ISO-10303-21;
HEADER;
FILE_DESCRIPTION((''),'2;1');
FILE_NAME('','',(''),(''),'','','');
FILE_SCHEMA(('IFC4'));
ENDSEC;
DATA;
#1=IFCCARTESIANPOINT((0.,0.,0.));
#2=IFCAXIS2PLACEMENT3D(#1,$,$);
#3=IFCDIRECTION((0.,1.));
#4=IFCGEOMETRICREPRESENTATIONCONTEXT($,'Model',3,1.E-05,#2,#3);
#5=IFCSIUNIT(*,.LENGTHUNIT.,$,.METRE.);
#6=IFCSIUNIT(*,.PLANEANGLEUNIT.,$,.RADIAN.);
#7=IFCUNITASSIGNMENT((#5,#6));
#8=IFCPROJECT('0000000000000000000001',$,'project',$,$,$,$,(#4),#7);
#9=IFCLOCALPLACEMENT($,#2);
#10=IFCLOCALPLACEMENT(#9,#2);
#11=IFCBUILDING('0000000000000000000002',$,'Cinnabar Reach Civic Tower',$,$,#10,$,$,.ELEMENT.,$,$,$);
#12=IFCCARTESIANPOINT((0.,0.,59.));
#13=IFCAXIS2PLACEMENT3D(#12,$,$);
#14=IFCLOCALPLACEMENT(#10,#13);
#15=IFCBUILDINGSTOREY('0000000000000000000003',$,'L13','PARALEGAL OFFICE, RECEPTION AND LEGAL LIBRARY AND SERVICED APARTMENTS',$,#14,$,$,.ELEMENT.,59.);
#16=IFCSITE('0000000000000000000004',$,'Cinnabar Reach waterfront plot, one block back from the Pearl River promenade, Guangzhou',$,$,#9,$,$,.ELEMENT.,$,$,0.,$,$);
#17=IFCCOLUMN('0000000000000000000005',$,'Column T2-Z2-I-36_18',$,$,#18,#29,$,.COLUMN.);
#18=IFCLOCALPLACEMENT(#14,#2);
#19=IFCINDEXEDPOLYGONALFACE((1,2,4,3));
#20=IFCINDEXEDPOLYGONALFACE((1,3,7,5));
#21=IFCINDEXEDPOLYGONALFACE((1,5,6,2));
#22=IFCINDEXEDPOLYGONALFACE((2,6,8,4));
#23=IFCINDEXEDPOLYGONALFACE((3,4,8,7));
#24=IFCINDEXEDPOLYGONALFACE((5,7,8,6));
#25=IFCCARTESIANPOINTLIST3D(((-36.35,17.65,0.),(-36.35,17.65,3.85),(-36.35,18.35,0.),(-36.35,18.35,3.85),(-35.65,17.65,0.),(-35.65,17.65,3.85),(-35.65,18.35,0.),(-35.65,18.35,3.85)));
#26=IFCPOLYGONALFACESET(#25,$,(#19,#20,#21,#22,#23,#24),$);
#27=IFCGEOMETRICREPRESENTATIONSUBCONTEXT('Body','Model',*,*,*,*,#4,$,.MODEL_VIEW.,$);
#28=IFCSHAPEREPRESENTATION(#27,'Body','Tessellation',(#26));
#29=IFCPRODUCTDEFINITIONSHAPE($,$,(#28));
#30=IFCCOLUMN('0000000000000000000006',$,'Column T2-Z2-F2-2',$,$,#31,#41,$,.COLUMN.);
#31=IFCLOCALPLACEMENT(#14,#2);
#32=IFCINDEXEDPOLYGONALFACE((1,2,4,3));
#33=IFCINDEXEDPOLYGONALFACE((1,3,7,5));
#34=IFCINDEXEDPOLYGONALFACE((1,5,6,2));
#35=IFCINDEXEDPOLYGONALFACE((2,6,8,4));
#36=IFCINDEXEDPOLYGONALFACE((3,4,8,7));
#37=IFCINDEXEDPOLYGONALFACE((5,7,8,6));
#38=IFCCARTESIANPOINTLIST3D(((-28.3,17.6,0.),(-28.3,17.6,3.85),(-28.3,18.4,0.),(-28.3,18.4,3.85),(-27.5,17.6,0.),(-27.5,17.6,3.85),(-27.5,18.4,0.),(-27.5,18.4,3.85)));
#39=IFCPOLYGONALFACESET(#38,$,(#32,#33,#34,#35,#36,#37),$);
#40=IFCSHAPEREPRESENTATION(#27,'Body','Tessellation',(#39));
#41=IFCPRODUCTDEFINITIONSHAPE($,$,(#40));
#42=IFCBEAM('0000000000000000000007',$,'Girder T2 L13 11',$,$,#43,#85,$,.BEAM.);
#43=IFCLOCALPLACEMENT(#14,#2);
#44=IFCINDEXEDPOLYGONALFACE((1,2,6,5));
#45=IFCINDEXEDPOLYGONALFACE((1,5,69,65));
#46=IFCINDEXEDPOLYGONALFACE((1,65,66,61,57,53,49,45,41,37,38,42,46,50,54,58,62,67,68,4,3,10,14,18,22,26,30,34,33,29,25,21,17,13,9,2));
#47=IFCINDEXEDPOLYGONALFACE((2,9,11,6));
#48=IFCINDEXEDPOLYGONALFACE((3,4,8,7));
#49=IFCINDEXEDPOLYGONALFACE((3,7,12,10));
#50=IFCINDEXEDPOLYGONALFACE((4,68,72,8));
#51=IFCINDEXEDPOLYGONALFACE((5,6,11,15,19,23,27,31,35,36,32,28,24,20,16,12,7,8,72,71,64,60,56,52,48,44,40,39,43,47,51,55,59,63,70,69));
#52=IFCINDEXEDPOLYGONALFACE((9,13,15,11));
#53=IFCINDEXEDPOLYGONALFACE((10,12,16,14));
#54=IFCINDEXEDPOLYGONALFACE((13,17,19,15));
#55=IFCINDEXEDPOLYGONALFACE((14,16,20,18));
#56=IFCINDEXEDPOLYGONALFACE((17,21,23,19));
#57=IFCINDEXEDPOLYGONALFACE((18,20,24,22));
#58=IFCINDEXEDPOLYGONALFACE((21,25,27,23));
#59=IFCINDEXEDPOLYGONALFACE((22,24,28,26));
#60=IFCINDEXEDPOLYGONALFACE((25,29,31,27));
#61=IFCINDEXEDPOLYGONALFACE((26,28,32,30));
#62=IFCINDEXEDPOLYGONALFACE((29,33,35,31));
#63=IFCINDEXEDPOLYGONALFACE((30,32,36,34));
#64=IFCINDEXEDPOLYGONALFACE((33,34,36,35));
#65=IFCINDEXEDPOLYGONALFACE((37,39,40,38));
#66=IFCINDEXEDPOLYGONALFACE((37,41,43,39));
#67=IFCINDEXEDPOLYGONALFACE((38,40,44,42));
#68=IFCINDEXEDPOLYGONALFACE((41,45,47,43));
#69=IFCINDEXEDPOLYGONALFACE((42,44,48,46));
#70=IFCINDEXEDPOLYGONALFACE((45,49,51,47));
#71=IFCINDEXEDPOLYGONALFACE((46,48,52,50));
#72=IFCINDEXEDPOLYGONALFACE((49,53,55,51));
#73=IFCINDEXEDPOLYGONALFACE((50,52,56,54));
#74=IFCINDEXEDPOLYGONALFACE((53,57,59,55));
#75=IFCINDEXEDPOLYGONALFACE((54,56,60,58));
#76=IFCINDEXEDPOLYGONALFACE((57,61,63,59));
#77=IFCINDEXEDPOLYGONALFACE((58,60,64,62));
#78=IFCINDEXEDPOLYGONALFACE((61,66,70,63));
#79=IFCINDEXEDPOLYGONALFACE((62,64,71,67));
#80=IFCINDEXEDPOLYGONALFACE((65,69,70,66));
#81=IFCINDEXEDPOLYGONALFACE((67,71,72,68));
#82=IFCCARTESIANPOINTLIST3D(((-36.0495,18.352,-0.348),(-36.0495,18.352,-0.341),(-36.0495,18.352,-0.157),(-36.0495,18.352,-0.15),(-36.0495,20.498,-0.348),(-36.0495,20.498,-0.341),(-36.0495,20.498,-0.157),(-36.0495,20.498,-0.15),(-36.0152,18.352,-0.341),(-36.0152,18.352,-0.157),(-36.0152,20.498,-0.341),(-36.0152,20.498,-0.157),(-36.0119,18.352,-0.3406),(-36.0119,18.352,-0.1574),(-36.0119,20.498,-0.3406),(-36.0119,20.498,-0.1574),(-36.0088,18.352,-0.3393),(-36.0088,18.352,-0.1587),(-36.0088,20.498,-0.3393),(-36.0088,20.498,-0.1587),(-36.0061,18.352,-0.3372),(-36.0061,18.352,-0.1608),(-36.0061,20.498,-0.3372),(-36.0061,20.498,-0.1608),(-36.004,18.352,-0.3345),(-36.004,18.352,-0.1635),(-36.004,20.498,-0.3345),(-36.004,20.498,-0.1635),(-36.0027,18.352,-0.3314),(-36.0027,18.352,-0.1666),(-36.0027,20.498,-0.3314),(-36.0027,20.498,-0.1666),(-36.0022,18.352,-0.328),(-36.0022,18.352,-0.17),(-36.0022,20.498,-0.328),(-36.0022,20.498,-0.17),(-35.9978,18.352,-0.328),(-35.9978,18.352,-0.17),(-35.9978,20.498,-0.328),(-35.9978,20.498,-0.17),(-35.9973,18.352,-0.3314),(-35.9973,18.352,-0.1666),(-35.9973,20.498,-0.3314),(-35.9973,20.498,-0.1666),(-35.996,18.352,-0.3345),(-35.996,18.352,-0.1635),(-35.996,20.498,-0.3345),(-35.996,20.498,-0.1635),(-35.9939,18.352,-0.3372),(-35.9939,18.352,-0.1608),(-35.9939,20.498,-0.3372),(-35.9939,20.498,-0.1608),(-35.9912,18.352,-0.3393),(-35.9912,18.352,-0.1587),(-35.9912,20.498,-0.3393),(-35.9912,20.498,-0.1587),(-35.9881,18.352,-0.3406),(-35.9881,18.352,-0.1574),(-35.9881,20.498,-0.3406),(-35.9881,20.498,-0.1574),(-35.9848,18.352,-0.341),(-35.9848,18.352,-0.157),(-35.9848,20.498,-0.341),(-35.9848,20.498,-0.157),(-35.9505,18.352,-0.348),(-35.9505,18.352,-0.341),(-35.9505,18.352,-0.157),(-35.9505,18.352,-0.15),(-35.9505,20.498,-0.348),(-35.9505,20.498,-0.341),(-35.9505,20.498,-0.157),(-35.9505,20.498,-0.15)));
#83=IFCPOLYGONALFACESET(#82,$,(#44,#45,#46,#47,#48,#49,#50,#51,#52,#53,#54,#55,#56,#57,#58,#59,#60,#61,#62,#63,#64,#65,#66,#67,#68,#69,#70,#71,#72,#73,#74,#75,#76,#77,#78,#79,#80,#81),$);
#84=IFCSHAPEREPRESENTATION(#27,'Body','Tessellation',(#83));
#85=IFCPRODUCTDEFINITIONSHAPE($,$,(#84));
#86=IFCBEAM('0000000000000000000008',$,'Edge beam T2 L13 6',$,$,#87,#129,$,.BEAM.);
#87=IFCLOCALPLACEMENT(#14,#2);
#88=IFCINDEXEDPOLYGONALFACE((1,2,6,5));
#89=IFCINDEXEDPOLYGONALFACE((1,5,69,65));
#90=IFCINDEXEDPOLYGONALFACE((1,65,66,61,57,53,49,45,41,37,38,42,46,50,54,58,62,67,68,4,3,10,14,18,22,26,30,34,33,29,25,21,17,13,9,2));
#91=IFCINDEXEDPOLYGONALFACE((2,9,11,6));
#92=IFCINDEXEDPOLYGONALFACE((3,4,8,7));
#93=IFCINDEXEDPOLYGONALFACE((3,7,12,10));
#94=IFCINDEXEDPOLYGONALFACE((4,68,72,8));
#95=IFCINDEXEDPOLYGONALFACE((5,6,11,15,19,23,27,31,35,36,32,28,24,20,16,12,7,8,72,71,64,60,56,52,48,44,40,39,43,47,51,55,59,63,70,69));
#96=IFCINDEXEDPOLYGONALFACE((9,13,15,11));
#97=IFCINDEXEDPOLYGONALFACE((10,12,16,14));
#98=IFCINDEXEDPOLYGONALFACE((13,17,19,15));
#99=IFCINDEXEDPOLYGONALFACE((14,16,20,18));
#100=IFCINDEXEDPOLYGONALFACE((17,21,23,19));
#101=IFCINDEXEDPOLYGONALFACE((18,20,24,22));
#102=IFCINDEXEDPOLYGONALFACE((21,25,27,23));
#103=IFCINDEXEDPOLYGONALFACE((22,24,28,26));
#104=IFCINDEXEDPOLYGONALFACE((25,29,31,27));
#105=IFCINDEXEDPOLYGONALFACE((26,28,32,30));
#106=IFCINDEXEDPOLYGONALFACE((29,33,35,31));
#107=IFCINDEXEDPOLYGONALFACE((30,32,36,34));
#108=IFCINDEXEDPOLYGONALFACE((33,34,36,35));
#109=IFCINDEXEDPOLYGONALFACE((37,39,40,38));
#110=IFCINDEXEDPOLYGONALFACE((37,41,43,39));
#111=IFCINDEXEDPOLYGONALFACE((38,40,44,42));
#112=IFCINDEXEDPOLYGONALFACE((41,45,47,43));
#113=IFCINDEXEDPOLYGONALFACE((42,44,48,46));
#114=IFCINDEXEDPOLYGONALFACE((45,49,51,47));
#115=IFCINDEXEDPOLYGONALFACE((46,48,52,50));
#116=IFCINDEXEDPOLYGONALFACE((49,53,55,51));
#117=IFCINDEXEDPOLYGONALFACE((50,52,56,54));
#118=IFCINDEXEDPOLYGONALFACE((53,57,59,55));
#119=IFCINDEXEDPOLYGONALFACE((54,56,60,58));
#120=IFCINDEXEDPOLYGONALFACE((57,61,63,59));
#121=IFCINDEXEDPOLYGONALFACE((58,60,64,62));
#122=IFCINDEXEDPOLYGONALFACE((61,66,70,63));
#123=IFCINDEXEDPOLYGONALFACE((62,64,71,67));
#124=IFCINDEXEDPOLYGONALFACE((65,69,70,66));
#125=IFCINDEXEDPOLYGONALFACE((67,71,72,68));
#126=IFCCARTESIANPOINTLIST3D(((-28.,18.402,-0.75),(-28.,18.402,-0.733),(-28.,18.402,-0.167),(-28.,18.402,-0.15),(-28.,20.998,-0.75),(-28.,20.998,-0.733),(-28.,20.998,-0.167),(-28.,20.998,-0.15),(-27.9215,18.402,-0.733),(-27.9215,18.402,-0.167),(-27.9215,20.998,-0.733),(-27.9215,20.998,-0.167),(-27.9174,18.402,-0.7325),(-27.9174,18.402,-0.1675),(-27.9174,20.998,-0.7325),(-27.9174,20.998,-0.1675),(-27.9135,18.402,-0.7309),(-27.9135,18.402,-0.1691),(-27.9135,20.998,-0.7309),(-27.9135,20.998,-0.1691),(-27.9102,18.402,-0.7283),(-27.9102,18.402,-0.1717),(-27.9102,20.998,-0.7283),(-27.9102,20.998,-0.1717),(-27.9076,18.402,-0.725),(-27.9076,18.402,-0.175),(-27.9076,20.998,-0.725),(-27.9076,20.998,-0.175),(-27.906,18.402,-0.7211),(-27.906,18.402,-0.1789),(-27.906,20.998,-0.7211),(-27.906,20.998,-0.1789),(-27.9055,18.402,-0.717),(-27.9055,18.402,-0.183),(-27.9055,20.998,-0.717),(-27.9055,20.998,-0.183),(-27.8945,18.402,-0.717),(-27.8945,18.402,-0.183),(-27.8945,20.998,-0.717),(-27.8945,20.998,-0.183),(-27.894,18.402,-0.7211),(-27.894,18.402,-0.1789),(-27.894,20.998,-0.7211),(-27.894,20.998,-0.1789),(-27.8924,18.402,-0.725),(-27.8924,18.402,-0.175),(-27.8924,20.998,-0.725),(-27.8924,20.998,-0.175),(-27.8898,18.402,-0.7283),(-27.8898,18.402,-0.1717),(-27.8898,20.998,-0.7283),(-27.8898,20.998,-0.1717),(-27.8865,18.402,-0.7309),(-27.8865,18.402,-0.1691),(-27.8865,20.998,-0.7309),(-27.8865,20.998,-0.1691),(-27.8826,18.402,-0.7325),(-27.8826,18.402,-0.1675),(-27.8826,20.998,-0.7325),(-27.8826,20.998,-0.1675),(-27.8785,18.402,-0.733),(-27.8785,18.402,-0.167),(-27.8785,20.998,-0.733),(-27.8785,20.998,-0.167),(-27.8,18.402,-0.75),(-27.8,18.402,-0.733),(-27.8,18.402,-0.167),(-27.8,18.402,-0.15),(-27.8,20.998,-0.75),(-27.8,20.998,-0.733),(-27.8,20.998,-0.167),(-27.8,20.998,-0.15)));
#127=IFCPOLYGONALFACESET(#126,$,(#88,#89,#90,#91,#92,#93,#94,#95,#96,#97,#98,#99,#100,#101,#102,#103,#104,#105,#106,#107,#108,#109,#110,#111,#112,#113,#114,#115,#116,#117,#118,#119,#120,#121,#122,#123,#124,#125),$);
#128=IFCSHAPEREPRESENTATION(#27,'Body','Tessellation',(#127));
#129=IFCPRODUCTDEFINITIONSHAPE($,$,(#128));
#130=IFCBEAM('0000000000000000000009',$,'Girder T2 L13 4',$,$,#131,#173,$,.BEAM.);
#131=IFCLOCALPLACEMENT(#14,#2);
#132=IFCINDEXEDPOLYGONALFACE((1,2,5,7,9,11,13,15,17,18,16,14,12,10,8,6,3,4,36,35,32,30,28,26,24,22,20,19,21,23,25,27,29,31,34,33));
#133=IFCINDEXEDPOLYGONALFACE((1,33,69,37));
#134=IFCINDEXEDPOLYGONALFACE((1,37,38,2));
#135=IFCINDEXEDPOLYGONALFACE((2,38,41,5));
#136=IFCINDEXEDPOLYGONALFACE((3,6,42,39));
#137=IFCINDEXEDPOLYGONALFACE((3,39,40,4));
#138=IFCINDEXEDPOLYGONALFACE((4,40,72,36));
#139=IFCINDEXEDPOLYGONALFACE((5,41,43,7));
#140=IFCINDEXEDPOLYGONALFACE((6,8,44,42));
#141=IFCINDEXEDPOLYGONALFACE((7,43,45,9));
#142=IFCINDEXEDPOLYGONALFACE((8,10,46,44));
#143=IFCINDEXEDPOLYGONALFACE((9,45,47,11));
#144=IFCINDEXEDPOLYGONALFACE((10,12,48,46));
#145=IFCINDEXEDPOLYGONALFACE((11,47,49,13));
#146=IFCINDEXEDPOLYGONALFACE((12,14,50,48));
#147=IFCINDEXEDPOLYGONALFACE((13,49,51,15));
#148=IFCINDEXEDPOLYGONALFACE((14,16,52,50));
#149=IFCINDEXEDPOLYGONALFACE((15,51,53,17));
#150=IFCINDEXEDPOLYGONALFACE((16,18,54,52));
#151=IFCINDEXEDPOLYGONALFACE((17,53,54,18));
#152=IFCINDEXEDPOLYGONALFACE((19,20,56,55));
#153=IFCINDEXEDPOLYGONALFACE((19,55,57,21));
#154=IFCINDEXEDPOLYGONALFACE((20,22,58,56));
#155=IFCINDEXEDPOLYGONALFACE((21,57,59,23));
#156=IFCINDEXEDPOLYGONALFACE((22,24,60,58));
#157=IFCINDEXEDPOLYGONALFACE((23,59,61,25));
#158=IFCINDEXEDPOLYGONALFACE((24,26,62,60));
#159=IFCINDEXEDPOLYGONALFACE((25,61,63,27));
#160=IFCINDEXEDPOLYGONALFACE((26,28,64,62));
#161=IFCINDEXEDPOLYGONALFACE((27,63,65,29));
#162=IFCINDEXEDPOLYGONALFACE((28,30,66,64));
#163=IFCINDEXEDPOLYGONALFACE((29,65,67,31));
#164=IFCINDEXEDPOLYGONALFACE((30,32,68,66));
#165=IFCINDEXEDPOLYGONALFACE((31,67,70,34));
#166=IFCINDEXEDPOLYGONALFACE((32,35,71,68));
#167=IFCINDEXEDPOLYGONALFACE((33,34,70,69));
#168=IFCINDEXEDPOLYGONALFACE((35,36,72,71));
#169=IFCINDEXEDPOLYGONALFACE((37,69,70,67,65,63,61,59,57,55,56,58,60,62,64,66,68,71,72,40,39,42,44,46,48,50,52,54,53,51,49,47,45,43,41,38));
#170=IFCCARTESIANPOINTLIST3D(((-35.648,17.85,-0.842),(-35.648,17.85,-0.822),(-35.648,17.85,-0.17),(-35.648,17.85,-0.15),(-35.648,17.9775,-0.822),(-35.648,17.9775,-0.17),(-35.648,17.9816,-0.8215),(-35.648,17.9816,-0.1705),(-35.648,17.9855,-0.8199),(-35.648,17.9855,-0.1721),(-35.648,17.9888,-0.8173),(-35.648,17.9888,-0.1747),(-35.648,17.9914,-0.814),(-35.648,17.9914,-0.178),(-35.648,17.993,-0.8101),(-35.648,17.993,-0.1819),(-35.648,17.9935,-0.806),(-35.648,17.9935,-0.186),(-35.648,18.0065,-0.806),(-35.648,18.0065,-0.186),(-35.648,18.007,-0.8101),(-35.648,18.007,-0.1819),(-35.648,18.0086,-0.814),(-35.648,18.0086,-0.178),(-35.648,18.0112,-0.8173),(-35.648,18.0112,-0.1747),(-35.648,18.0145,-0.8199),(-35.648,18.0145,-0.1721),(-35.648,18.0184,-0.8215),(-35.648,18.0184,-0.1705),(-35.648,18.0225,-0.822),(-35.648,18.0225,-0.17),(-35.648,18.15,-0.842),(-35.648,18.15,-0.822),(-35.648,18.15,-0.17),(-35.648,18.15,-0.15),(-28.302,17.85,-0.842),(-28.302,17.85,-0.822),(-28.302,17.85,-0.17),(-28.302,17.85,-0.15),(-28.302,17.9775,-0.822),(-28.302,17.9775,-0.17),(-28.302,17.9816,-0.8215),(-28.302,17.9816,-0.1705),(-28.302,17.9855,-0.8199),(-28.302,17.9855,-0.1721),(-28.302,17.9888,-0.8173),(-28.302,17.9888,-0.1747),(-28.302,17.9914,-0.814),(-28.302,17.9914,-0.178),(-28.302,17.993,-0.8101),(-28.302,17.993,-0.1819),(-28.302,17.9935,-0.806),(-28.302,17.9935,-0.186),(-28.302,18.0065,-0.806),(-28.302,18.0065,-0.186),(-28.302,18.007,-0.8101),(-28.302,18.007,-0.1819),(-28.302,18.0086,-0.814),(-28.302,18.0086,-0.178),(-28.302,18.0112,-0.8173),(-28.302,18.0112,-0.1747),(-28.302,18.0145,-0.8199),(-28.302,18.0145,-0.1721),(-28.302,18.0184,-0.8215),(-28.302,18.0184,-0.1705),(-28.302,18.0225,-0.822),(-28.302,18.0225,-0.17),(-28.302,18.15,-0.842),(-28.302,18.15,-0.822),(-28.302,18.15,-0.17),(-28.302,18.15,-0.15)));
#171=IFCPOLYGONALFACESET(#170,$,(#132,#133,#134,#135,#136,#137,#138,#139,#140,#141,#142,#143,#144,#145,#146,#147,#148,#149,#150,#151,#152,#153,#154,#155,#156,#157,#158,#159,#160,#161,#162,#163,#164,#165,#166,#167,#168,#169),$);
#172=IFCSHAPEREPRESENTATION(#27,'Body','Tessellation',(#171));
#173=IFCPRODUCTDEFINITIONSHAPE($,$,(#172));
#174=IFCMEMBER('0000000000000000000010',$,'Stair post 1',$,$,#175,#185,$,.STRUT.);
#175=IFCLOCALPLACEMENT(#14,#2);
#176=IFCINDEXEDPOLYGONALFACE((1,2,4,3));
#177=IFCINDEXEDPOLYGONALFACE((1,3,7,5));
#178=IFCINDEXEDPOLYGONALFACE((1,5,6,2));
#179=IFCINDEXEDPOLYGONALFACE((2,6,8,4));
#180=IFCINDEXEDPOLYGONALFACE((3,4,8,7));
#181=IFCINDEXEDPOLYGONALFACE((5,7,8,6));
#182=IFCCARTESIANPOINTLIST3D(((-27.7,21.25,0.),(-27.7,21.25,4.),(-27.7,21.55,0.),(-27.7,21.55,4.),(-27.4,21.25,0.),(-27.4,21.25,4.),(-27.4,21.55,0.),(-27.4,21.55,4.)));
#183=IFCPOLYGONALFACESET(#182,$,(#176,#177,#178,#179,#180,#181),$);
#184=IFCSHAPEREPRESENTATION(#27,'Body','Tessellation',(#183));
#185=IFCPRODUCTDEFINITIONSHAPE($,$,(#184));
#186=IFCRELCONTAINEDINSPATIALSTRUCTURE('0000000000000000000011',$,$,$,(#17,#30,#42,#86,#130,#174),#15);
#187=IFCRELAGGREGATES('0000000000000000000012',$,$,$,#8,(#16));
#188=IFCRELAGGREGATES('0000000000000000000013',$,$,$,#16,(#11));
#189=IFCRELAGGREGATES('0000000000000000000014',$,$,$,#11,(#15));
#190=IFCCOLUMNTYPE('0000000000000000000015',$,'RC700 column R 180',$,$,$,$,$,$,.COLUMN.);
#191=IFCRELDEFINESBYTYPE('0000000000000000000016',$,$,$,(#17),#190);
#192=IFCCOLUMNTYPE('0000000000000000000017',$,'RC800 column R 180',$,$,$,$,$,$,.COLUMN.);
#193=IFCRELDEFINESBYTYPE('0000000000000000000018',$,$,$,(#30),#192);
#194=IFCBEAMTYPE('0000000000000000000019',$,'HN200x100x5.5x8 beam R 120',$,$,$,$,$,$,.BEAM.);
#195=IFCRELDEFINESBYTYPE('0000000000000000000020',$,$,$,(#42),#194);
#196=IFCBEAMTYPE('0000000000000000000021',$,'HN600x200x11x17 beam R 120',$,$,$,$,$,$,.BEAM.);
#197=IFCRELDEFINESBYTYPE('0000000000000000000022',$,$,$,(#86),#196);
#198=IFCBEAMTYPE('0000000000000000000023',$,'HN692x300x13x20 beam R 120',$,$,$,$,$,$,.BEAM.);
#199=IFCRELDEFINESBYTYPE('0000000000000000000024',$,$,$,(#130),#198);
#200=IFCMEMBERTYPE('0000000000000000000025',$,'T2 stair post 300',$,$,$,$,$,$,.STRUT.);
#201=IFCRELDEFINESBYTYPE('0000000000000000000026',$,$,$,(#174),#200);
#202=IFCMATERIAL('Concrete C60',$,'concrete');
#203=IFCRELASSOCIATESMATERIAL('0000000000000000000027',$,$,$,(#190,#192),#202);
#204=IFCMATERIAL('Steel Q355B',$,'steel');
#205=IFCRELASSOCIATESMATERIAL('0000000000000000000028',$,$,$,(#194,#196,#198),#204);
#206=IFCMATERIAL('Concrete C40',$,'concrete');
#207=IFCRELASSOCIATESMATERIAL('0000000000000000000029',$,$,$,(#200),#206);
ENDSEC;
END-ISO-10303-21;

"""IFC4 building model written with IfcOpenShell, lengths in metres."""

from ifc_helpers import new_model, si_unit, direction, frame, origin, origin_2d, place, context, subcontext, project, spatial, rectangle, i_section, extrude, material, material_profile, profile_set, type_object, element, save


model = new_model("IFC4")

# Units and contexts
model_context = context("Model", 3, precision=1e-05, world=origin(), true_north=direction((0.0, 1.0)))
body_context = subcontext(model_context, "Body", "Model", "MODEL_VIEW")
ifc_project = project(units=[si_unit("LENGTHUNIT", "METRE"), si_unit("PLANEANGLEUNIT", "RADIAN")], contexts=[model_context])

# Site, building, storey
site_placement = place(None, origin())
site = spatial("IfcSite", under=ifc_project, at=site_placement, Name="Cinnabar Reach waterfront plot, one block back from the Pearl River promenade, Guangzhou", CompositionType="ELEMENT", RefElevation=0.0)
building_placement = place(site_placement, origin())
building = spatial("IfcBuilding", under=site, at=building_placement, Name="Cinnabar Reach Civic Tower", CompositionType="ELEMENT")
storey_placement = place(building_placement, frame((0.0, 0.0, 59.0)))
storey = spatial("IfcBuildingStorey", under=building, at=storey_placement, Name="L13", Description="PARALEGAL OFFICE, RECEPTION AND LEGAL LIBRARY AND SERVICED APARTMENTS", CompositionType="ELEMENT", Elevation=59.0)

# Columns
ifc_material_1 = material(Name="Concrete C60", Category="concrete")
ifc_material_profile_1 = material_profile(ifc_material_1, rectangle(XDim=0.7, YDim=0.7, at=origin_2d()), Name="RC700")
ifc_profile_set_1 = profile_set([ifc_material_profile_1], Name="Concrete C60")
column_type_1 = type_object("IfcColumnType", Name="RC700 column R 180", PredefinedType="COLUMN", material=ifc_profile_set_1)
column_1_placement = place(storey_placement, frame((-36.0, 18.0, 0.0), z_axis=(0.0, 0.0, 1.0), x_axis=(1.0, 0.0, 0.0)))
element("IfcColumn", 1, at=column_1_placement, inside=storey, type_object=column_type_1, Name="Column T2-Z2-I-36_18", PredefinedType="COLUMN", context=body_context, shape_type="SweptSolid", body=[
    extrude(rectangle(XDim=0.7, YDim=0.7, at=origin_2d()), origin(), (0.0, 0.0, 1.0), 3.85),
])
ifc_material_profile_2 = material_profile(ifc_material_1, rectangle(XDim=0.8, YDim=0.8, at=origin_2d()), Name="RC800")
ifc_profile_set_2 = profile_set([ifc_material_profile_2], Name="Concrete C60")
column_type_2 = type_object("IfcColumnType", Name="RC800 column R 180", PredefinedType="COLUMN", material=ifc_profile_set_2)
column_2_placement = place(storey_placement, frame((-27.9, 18.0, 0.0), z_axis=(0.0, 0.0, 1.0), x_axis=(1.0, 0.0, 0.0)))
element("IfcColumn", 2, at=column_2_placement, inside=storey, type_object=column_type_2, Name="Column T2-Z2-F2-2", PredefinedType="COLUMN", context=body_context, shape_type="SweptSolid", body=[
    extrude(rectangle(XDim=0.8, YDim=0.8, at=origin_2d()), origin(), (0.0, 0.0, 1.0), 3.85),
])

# Beams
ifc_material_2 = material(Name="Steel Q355B", Category="steel")
ifc_material_profile_3 = material_profile(ifc_material_2, i_section(OverallWidth=0.099, OverallDepth=0.198, WebThickness=0.0045, FlangeThickness=0.007, FilletRadius=0.013, at=origin_2d()), Name="HN200x100x5.5x8")
ifc_profile_set_3 = profile_set([ifc_material_profile_3], Name="Steel Q355B")
beam_type_1 = type_object("IfcBeamType", Name="HN200x100x5.5x8 beam R 120", PredefinedType="BEAM", material=ifc_profile_set_3)
beam_1_placement = place(storey_placement, frame((-36.0, 18.352, -0.249), z_axis=(0.0, 1.0, 0.0), x_axis=(-1.0, 0.0, 0.0)))
element("IfcBeam", 3, at=beam_1_placement, inside=storey, type_object=beam_type_1, Name="Girder T2 L13 11", PredefinedType="BEAM", context=body_context, shape_type="SweptSolid", body=[
    extrude(i_section(OverallWidth=0.099, OverallDepth=0.198, WebThickness=0.0045, FlangeThickness=0.007, FilletRadius=0.013, at=origin_2d()), origin(), (0.0, 0.0, 1.0), 2.146),
])
ifc_material_profile_4 = material_profile(ifc_material_2, i_section(OverallWidth=0.2, OverallDepth=0.6, WebThickness=0.011, FlangeThickness=0.017, FilletRadius=0.016, at=origin_2d()), Name="HN600x200x11x17")
ifc_profile_set_4 = profile_set([ifc_material_profile_4], Name="Steel Q355B")
beam_type_2 = type_object("IfcBeamType", Name="HN600x200x11x17 beam R 120", PredefinedType="BEAM", material=ifc_profile_set_4)
beam_2_placement = place(storey_placement, frame((-27.9, 18.402, -0.45), z_axis=(0.0, 1.0, 0.0), x_axis=(-1.0, 0.0, 0.0)))
element("IfcBeam", 4, at=beam_2_placement, inside=storey, type_object=beam_type_2, Name="Edge beam T2 L13 6", PredefinedType="BEAM", context=body_context, shape_type="SweptSolid", body=[
    extrude(i_section(OverallWidth=0.2, OverallDepth=0.6, WebThickness=0.011, FlangeThickness=0.017, FilletRadius=0.016, at=origin_2d()), origin(), (0.0, 0.0, 1.0), 2.596),
])
ifc_material_profile_5 = material_profile(ifc_material_2, i_section(OverallWidth=0.3, OverallDepth=0.692, WebThickness=0.013, FlangeThickness=0.02, FilletRadius=0.016, at=origin_2d()), Name="HN692x300x13x20")
ifc_profile_set_5 = profile_set([ifc_material_profile_5], Name="Steel Q355B")
beam_type_3 = type_object("IfcBeamType", Name="HN692x300x13x20 beam R 120", PredefinedType="BEAM", material=ifc_profile_set_5)
beam_3_placement = place(storey_placement, frame((-35.648, 18.0, -0.496), z_axis=(1.0, 0.0, 0.0), x_axis=(0.0, 1.0, 0.0)))
element("IfcBeam", 5, at=beam_3_placement, inside=storey, type_object=beam_type_3, Name="Girder T2 L13 4", PredefinedType="BEAM", context=body_context, shape_type="SweptSolid", body=[
    extrude(i_section(OverallWidth=0.3, OverallDepth=0.692, WebThickness=0.013, FlangeThickness=0.02, FilletRadius=0.016, at=origin_2d()), origin(), (0.0, 0.0, 1.0), 7.346),
])

# Member
ifc_material_3 = material(Name="Concrete C40", Category="concrete")
ifc_material_profile_6 = material_profile(ifc_material_3, rectangle(XDim=0.3, YDim=0.3, at=origin_2d()), Name="C300")
ifc_profile_set_6 = profile_set([ifc_material_profile_6], Name="Concrete C40")
member_type = type_object("IfcMemberType", Name="T2 stair post 300", PredefinedType="STRUT", material=ifc_profile_set_6)
member_placement = place(storey_placement, frame((-27.55, 21.4, 0.0), z_axis=(0.0, 0.0, 1.0), x_axis=(1.0, 0.0, 0.0)))
element("IfcMember", 6, at=member_placement, inside=storey, type_object=member_type, Name="Stair post 1", PredefinedType="STRUT", context=body_context, shape_type="SweptSolid", body=[
    extrude(rectangle(XDim=0.3, YDim=0.3, at=origin_2d()), origin(), (0.0, 0.0, 1.0), 4.0),
])

save(model, "model.ifc")
